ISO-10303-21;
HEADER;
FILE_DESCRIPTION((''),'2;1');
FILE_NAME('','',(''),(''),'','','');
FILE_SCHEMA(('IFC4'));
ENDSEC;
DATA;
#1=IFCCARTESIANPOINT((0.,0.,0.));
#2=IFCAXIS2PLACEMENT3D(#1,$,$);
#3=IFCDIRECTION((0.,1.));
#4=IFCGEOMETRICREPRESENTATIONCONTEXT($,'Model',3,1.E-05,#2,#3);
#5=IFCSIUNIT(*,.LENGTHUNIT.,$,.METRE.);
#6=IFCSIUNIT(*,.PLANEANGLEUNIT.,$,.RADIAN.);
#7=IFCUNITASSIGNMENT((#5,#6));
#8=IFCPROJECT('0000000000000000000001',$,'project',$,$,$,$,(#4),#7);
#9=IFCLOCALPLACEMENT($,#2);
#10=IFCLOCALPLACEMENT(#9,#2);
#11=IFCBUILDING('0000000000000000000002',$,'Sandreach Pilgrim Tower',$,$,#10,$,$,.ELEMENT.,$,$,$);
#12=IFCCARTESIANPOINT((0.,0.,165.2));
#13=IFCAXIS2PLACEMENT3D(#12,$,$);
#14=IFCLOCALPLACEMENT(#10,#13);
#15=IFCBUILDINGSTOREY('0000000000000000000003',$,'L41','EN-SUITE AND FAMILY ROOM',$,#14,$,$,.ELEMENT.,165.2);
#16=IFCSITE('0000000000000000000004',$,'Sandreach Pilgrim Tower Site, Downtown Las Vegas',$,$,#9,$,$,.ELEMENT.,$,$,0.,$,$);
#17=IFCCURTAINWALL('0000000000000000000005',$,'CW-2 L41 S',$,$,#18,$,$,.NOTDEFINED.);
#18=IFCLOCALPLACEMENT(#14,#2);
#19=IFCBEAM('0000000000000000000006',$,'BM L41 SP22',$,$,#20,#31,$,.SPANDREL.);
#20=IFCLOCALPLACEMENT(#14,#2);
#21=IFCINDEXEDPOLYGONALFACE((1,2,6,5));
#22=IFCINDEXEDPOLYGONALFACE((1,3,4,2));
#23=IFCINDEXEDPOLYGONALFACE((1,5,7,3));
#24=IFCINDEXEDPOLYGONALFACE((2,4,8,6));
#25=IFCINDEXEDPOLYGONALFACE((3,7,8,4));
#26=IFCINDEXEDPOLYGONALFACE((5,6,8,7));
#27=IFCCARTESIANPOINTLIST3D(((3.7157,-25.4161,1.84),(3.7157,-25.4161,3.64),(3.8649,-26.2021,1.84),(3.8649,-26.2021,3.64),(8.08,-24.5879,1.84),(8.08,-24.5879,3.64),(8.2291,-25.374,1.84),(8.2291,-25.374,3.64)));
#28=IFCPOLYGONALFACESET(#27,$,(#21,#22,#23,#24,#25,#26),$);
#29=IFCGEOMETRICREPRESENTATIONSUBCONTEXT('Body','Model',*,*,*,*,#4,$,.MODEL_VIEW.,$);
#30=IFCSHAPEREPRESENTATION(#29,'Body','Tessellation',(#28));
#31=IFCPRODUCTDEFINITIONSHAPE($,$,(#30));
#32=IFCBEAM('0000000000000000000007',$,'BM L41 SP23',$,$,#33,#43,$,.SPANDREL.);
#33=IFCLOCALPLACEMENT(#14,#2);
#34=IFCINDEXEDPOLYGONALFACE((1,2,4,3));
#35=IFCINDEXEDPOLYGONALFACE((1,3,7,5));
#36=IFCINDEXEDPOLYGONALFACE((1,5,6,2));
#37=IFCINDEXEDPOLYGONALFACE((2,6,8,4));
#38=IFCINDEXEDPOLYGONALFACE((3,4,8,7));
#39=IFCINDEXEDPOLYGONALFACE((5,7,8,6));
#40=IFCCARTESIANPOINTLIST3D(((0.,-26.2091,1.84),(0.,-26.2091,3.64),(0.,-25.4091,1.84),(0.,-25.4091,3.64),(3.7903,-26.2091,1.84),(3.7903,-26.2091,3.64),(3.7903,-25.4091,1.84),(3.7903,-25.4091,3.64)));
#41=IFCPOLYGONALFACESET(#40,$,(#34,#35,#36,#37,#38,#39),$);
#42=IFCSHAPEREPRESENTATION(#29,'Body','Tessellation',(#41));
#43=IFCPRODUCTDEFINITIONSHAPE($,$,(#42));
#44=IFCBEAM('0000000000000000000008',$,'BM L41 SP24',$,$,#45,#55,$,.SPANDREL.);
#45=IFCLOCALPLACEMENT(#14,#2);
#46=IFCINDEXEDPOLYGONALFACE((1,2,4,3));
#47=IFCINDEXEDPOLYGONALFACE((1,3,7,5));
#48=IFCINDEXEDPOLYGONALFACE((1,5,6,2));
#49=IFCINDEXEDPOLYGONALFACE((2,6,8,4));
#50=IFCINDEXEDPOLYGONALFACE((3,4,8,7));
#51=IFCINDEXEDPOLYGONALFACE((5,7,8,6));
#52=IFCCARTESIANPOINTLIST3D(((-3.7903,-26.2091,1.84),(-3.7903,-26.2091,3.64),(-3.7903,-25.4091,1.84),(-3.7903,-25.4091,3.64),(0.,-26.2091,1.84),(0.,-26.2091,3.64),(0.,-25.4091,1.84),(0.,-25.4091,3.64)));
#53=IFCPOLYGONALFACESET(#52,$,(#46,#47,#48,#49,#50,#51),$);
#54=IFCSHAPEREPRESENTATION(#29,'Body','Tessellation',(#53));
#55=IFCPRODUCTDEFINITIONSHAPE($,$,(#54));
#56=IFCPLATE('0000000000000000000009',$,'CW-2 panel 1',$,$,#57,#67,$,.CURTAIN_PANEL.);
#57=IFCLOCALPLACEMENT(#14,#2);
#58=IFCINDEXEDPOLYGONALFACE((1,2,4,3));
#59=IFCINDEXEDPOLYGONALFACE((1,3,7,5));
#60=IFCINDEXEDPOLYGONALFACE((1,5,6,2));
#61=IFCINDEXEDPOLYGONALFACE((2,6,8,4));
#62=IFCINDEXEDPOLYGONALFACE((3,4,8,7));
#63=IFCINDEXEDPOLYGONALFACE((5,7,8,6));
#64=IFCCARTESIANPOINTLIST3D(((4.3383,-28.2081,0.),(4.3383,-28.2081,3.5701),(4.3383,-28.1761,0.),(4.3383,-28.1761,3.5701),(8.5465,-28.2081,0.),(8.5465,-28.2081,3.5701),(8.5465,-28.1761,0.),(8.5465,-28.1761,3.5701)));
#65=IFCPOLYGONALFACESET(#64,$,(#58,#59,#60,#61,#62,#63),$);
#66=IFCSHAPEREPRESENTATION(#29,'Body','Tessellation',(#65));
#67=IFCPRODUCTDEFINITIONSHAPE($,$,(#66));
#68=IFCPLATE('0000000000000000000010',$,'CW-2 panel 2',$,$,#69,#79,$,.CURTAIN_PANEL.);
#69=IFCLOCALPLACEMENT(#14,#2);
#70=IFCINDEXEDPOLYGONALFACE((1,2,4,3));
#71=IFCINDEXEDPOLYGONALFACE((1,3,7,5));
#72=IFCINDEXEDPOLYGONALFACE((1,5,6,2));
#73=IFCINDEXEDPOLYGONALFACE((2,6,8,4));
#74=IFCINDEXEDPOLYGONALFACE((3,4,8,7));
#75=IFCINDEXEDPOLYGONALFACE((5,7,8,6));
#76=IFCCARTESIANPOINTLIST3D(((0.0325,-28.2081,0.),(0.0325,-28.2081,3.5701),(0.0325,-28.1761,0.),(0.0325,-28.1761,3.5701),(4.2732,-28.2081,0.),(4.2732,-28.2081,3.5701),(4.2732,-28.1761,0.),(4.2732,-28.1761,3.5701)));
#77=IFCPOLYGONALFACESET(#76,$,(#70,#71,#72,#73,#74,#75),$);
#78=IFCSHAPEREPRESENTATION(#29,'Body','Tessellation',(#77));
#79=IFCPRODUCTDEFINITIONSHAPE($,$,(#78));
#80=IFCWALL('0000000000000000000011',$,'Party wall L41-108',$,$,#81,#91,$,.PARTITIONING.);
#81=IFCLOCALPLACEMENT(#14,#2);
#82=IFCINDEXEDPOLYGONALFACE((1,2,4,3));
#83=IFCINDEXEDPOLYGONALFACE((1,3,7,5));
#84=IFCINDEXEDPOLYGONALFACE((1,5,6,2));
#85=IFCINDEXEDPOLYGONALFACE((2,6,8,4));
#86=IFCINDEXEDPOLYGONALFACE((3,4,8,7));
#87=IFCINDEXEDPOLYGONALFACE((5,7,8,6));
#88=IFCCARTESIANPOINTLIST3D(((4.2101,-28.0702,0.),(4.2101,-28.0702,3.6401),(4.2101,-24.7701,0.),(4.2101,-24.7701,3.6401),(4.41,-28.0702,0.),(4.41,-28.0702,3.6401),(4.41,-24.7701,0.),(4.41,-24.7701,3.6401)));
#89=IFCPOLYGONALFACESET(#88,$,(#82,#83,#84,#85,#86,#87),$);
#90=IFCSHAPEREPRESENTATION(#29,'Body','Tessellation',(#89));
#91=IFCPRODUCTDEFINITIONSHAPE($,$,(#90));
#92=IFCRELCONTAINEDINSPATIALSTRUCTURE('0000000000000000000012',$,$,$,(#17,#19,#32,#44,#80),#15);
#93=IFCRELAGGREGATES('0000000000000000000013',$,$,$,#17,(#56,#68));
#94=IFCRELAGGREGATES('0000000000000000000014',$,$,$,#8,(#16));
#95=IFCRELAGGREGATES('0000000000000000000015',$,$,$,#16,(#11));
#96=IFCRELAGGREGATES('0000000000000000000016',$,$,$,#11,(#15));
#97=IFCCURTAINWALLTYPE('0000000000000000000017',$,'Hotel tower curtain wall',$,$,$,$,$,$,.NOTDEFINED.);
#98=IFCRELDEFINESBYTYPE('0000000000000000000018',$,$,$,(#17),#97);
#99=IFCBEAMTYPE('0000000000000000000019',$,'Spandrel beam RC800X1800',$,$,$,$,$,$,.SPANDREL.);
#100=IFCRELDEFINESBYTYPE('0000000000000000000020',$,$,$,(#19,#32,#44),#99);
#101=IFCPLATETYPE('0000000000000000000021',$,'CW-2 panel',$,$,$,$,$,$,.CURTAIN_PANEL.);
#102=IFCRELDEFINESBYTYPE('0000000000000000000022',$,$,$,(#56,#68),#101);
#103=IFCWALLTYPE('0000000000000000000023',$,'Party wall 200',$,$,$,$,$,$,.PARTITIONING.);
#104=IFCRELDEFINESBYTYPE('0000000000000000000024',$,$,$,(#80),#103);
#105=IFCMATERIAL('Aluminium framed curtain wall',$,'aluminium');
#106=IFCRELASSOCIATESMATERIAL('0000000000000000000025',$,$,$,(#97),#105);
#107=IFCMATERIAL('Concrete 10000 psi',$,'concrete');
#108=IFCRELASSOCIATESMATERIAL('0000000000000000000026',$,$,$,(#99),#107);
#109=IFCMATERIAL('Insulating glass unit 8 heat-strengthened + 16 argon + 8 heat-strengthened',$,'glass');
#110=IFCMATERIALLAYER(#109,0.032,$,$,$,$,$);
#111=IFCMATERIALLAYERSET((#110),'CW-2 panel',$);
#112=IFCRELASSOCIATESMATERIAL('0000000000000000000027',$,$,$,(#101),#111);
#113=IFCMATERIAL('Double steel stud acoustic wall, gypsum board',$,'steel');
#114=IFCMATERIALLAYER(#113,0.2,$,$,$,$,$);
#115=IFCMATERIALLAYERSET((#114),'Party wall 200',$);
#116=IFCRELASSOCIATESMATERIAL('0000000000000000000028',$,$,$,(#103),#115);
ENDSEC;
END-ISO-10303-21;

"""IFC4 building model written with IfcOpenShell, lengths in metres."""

from ifc_helpers import new_model, si_unit, direction, frame, frame_2d, origin, origin_2d, place, context, subcontext, project, spatial, rectangle, extrude, material, layer, layer_set, material_profile, profile_set, type_object, element, aggregate, save


model = new_model("IFC4")

# Units and contexts
model_context = context("Model", 3, precision=1e-05, world=origin(), true_north=direction((0.0, 1.0)))
body_context = subcontext(model_context, "Body", "Model", "MODEL_VIEW")
ifc_project = project(units=[si_unit("LENGTHUNIT", "METRE"), si_unit("PLANEANGLEUNIT", "RADIAN")], contexts=[model_context])

# Site, building, storey
site_placement = place(None, origin())
site = spatial("IfcSite", under=ifc_project, at=site_placement, Name="Sandreach Pilgrim Tower Site, Downtown Las Vegas", CompositionType="ELEMENT", RefElevation=0.0)
building_placement = place(site_placement, origin())
building = spatial("IfcBuilding", under=site, at=building_placement, Name="Sandreach Pilgrim Tower", CompositionType="ELEMENT")
storey_placement = place(building_placement, frame((0.0, 0.0, 165.2)))
storey = spatial("IfcBuildingStorey", under=building, at=storey_placement, Name="L41", Description="EN-SUITE AND FAMILY ROOM", CompositionType="ELEMENT", Elevation=165.2)

# Curtain wall
ifc_material_1 = material(Name="Aluminium framed curtain wall", Category="aluminium")
curtain_wall_type = type_object("IfcCurtainWallType", Name="Hotel tower curtain wall", PredefinedType="NOTDEFINED", material=ifc_material_1)
curtain_wall_placement = place(storey_placement, origin())
curtain_wall = element("IfcCurtainWall", 1, at=curtain_wall_placement, inside=storey, type_object=curtain_wall_type, Name="CW-2 L41 S", PredefinedType="NOTDEFINED")

# Beams
ifc_material_2 = material(Name="Concrete 10000 psi", Category="concrete")
ifc_material_profile_1 = material_profile(ifc_material_2, rectangle(XDim=0.8, YDim=1.8, at=origin_2d()), Name="RC800X1800")
ifc_profile_set_1 = profile_set([ifc_material_profile_1], Name="Concrete 10000 psi")
beam_type_1 = type_object("IfcBeamType", Name="Spandrel beam RC800X1800", PredefinedType="SPANDREL", material=ifc_profile_set_1)
beam_1_placement = place(storey_placement, frame((8.1545, -24.981, 2.74), z_axis=(-0.982469, -0.186425, 0.0), x_axis=(0.186425, -0.982469, 0.0)))
element("IfcBeam", 2, at=beam_1_placement, inside=storey, type_object=beam_type_1, Name="BM L41 SP22", PredefinedType="SPANDREL", context=body_context, shape_type="SweptSolid", body=[
    extrude(rectangle(XDim=0.8, YDim=1.8, at=origin_2d()), origin(), (0.0, 0.0, 1.0), 4.4421),
])
for number, where, z_axis, x_axis, name in (
    (3, (3.7903, -25.8091, 2.74), (-1.0, 0.0, 0.0), (0.0, -1.0, 0.0), "BM L41 SP23"),
    (4, (0.0, -25.8091, 2.74), (-1.0, 0.0, 0.0), (0.0, -1.0, 0.0), "BM L41 SP24"),
):
    element("IfcBeam", number, at=place(storey_placement, frame(where, z_axis=z_axis, x_axis=x_axis)), inside=storey, type_object=beam_type_1, Name=name, PredefinedType="SPANDREL", context=body_context, shape_type="SweptSolid", body=[
        extrude(rectangle(XDim=0.8, YDim=1.8, at=origin_2d()), origin(), (0.0, 0.0, 1.0), 3.7903),
    ])

# Plates
ifc_material_3 = material(Name="Insulating glass unit 8 heat-strengthened + 16 argon + 8 heat-strengthened", Category="glass")
ifc_layer_1 = layer(ifc_material_3, 0.032)
ifc_layer_set_1 = layer_set([ifc_layer_1], Name="CW-2 panel")
plate_type = type_object("IfcPlateType", Name="CW-2 panel", PredefinedType="CURTAIN_PANEL", material=ifc_layer_set_1)
plate_1_placement = place(storey_placement, frame((6.4424, -28.1921, 0.0), z_axis=(0.0, 0.0, 1.0), x_axis=(-1.0, 0.0, 0.0)))
plate_1 = element("IfcPlate", 5, at=plate_1_placement, type_object=plate_type, Name="CW-2 panel 1", PredefinedType="CURTAIN_PANEL", context=body_context, shape_type="SweptSolid", body=[
    extrude(rectangle(XDim=4.2083, YDim=0.032, at=origin_2d()), origin(), (0.0, 0.0, 1.0), 3.5701),
])
plate_2_placement = place(storey_placement, frame((2.1528, -28.1921, 0.0), z_axis=(0.0, 0.0, 1.0), x_axis=(-1.0, 0.0, 0.0)))
plate_2 = element("IfcPlate", 6, at=plate_2_placement, type_object=plate_type, Name="CW-2 panel 2", PredefinedType="CURTAIN_PANEL", context=body_context, shape_type="SweptSolid", body=[
    extrude(rectangle(XDim=4.2407, YDim=0.032, at=origin_2d()), origin(), (0.0, 0.0, 1.0), 3.5701),
])
aggregate(curtain_wall, [plate_1, plate_2])

# Wall
ifc_material_4 = material(Name="Double steel stud acoustic wall, gypsum board", Category="steel")
ifc_layer_2 = layer(ifc_material_4, 0.2)
ifc_layer_set_2 = layer_set([ifc_layer_2], Name="Party wall 200")
wall_type = type_object("IfcWallType", Name="Party wall 200", PredefinedType="PARTITIONING", material=ifc_layer_set_2)
wall_placement = place(storey_placement, frame((4.3101, -28.0701, 0.0), z_axis=(0.0, 0.0, 1.0), x_axis=(0.0, 1.0, 0.0)))
element("IfcWall", 7, at=wall_placement, inside=storey, type_object=wall_type, Name="Party wall L41-108", PredefinedType="PARTITIONING", context=body_context, shape_type="SweptSolid", body=[
    extrude(rectangle(XDim=3.3, YDim=0.2, at=frame_2d((1.6499, 0.0))), origin(), (0.0, 0.0, 1.0), 3.6401),
])

save(model, "model.ifc")
